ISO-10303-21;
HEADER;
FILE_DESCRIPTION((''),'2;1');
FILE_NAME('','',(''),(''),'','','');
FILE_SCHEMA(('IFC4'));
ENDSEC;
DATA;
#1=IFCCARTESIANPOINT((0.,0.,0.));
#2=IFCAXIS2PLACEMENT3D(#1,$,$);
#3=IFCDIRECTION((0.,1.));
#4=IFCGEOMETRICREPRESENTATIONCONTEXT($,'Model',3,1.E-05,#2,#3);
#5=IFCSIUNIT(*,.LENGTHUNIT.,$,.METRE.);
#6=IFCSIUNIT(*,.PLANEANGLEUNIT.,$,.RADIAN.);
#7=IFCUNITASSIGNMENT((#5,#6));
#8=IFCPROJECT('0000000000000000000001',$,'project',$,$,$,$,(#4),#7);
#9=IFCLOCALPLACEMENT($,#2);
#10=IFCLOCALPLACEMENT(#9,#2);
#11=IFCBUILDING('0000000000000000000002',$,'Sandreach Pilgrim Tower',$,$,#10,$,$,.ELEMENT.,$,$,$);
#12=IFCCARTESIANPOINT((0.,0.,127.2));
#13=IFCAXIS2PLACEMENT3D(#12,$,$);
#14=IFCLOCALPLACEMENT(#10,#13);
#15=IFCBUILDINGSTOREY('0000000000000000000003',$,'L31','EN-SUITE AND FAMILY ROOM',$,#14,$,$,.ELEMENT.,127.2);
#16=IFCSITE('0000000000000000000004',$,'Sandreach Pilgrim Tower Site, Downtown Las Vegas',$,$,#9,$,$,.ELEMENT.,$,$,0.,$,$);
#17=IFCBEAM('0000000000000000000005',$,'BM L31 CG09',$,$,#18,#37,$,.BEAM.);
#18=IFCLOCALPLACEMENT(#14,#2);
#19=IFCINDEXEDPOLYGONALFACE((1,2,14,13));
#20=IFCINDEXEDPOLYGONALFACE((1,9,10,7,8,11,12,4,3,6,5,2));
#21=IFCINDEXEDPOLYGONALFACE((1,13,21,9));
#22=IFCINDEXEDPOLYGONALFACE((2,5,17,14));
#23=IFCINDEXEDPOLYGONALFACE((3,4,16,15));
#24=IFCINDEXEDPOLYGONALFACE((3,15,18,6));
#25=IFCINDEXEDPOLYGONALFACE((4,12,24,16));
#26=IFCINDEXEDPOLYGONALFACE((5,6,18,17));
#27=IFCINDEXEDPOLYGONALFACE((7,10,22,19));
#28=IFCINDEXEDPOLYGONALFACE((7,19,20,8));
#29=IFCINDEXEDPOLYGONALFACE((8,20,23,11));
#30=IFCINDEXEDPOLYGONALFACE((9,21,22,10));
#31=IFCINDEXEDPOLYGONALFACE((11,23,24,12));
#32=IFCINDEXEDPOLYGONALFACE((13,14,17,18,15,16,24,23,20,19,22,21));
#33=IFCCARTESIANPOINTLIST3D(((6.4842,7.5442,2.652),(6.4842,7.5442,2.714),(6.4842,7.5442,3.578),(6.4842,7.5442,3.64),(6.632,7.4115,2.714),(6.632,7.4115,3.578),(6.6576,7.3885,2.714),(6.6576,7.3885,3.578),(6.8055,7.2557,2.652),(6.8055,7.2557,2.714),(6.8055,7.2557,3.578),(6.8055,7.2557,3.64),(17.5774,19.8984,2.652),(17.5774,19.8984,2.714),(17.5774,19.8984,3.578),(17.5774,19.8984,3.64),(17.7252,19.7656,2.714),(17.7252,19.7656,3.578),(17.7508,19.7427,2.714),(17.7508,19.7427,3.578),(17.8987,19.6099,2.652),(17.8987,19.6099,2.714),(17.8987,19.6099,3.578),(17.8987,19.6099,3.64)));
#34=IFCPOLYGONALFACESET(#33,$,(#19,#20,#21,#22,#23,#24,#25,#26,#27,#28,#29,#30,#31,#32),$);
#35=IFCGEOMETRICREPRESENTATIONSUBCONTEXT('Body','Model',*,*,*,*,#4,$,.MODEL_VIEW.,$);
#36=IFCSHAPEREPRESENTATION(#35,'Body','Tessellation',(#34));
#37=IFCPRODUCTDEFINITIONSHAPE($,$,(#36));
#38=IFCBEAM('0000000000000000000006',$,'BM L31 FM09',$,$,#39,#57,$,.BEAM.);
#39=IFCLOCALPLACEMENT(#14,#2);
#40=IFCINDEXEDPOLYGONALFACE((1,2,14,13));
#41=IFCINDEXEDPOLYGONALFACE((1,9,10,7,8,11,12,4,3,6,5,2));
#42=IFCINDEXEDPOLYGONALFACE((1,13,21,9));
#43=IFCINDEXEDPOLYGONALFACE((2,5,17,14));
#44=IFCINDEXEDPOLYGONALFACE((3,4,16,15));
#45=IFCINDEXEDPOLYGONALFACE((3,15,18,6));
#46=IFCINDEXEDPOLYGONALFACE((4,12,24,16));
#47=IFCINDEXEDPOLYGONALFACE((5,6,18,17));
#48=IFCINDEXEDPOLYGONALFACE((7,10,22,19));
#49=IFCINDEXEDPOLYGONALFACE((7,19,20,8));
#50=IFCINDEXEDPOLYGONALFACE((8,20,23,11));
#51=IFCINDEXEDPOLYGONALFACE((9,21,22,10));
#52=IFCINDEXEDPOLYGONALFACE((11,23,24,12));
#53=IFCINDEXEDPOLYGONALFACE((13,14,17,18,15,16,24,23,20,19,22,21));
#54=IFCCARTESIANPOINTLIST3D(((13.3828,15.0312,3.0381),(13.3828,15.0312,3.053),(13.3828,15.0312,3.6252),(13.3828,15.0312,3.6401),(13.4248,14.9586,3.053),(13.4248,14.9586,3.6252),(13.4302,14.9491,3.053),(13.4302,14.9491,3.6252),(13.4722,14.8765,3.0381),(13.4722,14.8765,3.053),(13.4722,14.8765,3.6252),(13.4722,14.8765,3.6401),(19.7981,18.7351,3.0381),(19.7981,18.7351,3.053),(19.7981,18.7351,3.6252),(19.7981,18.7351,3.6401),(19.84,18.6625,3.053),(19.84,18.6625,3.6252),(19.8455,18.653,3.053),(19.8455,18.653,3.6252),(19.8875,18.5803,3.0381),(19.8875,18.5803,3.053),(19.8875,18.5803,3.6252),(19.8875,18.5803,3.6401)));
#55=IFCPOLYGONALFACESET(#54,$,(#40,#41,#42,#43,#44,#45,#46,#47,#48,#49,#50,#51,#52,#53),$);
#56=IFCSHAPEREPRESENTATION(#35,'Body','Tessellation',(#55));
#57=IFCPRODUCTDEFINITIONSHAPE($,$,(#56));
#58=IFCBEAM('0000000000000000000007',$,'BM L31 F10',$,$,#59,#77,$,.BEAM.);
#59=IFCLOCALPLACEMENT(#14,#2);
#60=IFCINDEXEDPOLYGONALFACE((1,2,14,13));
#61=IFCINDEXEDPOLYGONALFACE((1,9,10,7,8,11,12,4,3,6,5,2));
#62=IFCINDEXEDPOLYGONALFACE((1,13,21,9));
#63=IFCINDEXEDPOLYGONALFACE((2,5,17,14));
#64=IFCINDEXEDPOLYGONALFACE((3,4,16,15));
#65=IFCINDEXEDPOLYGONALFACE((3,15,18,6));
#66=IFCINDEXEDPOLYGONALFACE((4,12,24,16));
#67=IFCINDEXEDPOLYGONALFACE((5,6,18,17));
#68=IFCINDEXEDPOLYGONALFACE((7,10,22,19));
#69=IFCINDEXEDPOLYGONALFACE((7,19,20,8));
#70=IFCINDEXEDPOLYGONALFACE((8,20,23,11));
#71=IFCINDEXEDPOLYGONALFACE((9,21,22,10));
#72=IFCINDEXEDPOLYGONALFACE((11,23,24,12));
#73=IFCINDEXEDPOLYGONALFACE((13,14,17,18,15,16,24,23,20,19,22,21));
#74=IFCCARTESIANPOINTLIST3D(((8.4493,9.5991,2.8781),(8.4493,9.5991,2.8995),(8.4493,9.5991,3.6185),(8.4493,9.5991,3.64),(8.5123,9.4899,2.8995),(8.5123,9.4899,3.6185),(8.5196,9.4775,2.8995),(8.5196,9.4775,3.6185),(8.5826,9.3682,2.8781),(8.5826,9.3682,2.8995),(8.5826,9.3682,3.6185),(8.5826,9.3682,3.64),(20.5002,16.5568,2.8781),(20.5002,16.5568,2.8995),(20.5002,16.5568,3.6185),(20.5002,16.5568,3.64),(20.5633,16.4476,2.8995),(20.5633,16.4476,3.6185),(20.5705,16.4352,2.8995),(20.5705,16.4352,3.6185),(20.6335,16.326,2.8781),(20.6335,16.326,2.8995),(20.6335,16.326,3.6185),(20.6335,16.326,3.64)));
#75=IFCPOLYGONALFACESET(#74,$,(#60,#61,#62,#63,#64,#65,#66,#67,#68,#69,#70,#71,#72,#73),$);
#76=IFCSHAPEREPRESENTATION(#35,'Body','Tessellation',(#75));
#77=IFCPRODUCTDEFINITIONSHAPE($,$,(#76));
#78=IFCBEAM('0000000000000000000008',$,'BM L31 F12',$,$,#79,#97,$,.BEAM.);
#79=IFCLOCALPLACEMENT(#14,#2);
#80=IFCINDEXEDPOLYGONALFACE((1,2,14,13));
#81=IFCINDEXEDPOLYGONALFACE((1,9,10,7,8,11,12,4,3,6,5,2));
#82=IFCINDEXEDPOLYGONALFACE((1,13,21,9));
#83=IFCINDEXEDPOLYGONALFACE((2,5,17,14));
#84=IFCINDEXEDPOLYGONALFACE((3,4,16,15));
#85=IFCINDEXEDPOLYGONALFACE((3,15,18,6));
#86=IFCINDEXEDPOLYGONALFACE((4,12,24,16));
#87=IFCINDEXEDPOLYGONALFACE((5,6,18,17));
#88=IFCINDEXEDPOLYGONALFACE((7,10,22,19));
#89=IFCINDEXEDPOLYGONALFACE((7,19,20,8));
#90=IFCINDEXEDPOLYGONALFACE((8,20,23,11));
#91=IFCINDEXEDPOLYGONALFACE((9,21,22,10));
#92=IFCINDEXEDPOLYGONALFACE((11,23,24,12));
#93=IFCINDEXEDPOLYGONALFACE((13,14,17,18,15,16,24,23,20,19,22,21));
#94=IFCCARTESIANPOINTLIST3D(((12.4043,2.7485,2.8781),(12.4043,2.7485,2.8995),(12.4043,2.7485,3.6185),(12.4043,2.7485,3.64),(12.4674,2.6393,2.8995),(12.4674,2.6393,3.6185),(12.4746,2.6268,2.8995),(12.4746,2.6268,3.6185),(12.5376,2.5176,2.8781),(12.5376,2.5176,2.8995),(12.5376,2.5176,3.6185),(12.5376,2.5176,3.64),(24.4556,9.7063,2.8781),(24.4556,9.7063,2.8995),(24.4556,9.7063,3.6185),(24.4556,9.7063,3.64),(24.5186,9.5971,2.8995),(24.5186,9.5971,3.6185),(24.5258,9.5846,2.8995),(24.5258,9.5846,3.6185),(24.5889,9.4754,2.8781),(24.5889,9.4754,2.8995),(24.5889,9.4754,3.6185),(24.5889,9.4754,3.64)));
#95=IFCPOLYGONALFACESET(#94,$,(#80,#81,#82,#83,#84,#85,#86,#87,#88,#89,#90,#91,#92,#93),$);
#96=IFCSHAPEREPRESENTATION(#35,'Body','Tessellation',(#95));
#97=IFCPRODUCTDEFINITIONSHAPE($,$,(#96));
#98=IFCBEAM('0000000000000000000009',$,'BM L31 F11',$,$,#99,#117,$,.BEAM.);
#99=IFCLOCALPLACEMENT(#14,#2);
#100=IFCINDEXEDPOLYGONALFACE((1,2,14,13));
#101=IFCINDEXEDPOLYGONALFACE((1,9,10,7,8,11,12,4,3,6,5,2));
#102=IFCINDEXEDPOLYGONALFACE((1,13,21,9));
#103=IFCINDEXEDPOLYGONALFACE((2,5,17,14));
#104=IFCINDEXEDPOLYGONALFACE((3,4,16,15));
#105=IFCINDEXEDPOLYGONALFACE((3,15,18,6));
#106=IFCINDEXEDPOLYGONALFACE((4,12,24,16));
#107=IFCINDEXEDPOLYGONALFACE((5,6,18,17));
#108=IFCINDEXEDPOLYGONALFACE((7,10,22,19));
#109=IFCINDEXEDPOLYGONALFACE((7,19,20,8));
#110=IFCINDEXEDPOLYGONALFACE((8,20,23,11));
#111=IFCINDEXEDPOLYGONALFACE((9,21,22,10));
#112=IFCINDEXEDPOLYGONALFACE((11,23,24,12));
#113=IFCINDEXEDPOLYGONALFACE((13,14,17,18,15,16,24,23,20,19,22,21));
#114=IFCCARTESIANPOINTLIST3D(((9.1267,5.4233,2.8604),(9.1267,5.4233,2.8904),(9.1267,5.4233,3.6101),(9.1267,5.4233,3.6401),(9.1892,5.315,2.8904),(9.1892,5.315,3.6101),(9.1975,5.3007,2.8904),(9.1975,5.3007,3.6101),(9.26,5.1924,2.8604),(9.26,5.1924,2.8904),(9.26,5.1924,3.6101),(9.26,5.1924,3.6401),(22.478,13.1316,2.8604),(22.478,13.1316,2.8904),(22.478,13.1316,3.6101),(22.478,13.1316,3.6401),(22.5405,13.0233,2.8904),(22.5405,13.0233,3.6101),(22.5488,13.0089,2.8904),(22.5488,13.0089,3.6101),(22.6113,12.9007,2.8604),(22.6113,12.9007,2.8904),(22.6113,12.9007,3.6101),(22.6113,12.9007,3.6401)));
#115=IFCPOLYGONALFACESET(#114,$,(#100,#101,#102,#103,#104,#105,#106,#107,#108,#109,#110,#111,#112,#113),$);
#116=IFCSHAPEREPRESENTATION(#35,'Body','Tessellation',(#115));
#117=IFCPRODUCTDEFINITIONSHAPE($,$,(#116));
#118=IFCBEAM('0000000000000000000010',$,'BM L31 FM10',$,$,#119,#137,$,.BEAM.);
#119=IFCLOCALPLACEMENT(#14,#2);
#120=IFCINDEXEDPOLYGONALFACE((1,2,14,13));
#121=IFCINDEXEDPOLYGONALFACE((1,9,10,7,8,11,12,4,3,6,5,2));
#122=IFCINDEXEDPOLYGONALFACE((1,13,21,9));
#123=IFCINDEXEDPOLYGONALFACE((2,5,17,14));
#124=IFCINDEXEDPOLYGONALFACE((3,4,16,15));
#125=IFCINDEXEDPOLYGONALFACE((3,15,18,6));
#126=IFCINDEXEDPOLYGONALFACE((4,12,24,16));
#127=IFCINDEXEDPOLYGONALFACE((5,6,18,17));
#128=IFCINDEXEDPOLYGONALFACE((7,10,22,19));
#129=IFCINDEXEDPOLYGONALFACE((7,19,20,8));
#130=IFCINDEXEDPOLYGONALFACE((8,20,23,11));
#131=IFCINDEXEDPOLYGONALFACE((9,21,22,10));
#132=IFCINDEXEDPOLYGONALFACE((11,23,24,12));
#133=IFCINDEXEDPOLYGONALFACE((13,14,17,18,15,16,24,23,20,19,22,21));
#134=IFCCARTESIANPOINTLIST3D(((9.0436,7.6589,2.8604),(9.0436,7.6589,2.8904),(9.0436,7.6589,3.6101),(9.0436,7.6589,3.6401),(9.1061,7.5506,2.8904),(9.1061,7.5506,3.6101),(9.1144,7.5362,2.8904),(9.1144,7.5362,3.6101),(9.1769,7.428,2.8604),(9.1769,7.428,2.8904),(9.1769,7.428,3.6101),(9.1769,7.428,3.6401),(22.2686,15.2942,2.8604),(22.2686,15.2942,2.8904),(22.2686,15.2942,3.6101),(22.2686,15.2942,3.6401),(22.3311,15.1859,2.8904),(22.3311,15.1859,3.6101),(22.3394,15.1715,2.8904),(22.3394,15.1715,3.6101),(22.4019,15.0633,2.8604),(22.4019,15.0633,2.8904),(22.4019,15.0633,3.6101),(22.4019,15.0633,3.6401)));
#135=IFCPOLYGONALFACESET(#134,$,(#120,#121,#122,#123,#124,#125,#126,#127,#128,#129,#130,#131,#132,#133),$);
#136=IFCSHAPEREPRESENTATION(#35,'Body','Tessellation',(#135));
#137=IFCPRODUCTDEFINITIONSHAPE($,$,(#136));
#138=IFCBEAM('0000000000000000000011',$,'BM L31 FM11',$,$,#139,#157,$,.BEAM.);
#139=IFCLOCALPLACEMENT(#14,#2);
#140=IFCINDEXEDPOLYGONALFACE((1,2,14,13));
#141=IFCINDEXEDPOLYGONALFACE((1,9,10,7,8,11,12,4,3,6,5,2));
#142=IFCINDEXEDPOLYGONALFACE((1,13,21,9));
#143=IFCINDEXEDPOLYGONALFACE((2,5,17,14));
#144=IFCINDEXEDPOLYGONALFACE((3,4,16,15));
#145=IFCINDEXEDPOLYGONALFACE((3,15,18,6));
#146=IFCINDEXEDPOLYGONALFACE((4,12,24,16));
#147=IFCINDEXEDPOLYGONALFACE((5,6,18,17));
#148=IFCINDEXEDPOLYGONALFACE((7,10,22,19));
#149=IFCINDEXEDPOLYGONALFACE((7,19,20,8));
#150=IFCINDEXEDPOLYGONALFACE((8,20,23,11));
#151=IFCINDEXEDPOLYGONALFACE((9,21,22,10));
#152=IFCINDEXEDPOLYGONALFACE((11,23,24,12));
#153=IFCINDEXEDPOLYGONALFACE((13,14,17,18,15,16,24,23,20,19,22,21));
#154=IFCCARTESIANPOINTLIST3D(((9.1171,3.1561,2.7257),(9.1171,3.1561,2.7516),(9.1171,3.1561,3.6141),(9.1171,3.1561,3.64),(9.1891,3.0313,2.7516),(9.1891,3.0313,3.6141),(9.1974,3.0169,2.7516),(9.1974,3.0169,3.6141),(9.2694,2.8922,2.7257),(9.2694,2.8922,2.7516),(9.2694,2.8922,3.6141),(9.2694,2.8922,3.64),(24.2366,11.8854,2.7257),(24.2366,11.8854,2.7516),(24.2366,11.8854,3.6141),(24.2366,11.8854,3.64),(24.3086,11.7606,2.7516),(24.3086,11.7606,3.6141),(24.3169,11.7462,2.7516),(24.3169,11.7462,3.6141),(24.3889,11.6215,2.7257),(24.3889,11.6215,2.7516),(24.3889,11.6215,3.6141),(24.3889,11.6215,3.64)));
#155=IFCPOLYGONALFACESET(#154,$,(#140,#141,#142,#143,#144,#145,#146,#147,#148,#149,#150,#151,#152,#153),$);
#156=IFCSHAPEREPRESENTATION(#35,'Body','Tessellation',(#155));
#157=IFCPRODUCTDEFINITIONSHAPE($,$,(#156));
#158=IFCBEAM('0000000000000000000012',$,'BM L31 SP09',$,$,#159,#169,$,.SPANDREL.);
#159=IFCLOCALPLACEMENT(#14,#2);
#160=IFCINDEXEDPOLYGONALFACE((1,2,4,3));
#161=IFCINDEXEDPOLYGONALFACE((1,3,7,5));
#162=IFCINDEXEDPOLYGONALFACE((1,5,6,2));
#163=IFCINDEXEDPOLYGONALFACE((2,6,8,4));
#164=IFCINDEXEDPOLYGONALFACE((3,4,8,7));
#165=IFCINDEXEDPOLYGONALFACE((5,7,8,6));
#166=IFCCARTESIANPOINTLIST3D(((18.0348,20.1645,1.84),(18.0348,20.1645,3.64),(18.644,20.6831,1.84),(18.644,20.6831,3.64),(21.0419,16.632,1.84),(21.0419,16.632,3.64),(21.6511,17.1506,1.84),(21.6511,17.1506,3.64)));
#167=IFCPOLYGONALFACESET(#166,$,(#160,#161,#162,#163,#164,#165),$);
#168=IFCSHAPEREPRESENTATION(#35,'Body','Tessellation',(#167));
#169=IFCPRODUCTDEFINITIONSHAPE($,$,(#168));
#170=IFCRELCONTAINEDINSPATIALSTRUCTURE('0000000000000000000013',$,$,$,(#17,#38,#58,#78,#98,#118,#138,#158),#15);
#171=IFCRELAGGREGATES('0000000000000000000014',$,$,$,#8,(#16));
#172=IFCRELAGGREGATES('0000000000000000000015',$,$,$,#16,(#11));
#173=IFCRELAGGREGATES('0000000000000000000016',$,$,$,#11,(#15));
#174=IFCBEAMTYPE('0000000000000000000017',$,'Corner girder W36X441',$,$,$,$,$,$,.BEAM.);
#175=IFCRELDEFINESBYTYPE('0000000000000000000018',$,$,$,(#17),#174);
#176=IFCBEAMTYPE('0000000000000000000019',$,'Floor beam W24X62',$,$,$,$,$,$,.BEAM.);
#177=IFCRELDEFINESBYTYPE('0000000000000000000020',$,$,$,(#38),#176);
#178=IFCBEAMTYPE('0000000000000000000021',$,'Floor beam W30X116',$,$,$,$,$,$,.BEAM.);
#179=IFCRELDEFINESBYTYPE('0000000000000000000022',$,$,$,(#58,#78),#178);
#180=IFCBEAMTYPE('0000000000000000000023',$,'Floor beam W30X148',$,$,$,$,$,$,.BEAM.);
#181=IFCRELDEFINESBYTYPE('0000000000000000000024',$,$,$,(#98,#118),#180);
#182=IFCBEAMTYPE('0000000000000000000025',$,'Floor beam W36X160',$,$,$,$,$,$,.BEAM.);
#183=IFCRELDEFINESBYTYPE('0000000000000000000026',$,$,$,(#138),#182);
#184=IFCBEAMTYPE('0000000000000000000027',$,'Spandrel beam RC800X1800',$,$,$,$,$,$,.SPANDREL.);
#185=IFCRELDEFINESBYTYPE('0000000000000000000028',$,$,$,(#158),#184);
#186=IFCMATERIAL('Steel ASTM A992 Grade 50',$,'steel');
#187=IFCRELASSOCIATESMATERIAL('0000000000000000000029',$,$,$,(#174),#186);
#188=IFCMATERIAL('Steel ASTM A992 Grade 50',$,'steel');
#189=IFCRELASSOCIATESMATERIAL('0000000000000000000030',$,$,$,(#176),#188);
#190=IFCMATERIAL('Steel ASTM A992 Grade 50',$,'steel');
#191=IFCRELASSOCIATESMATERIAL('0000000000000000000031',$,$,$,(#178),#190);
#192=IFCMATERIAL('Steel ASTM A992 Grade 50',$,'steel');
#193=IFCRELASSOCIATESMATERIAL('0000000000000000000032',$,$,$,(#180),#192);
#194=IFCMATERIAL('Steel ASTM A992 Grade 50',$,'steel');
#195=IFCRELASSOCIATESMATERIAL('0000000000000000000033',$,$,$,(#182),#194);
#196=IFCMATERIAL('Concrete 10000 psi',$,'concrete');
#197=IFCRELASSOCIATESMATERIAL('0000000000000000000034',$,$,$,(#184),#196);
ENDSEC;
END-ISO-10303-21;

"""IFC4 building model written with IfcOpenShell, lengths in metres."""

from ifc_helpers import new_model, si_unit, direction, frame, origin, origin_2d, place, context, subcontext, project, spatial, rectangle, i_section, extrude, material, material_profile, profile_set, type_object, element, save


model = new_model("IFC4")

# Units and contexts
model_context = context("Model", 3, precision=1e-05, world=origin(), true_north=direction((0.0, 1.0)))
body_context = subcontext(model_context, "Body", "Model", "MODEL_VIEW")
ifc_project = project(units=[si_unit("LENGTHUNIT", "METRE"), si_unit("PLANEANGLEUNIT", "RADIAN")], contexts=[model_context])

# Site, building, storey
site_placement = place(None, origin())
site = spatial("IfcSite", under=ifc_project, at=site_placement, Name="Sandreach Pilgrim Tower Site, Downtown Las Vegas", CompositionType="ELEMENT", RefElevation=0.0)
building_placement = place(site_placement, origin())
building = spatial("IfcBuilding", under=site, at=building_placement, Name="Sandreach Pilgrim Tower", CompositionType="ELEMENT")
storey_placement = place(building_placement, frame((0.0, 0.0, 127.2)))
storey = spatial("IfcBuildingStorey", under=building, at=storey_placement, Name="L31", Description="EN-SUITE AND FAMILY ROOM", CompositionType="ELEMENT", Elevation=127.2)

# Beams
ifc_material_1 = material(Name="Steel ASTM A992 Grade 50", Category="steel")
ifc_material_profile_1 = material_profile(ifc_material_1, i_section(OverallWidth=0.4319, OverallDepth=0.988, WebThickness=0.0344, FlangeThickness=0.062, at=origin_2d()), Name="W36X441")
ifc_profile_set_1 = profile_set([ifc_material_profile_1], Name="Steel ASTM A992 Grade 50")
beam_type_1 = type_object("IfcBeamType", Name="Corner girder W36X441", PredefinedType="BEAM", material=ifc_profile_set_1)
beam_1_placement = place(storey_placement, frame((17.738, 19.7542, 3.146), z_axis=(-0.668114, -0.744059, 0.0), x_axis=(0.744059, -0.668114, 0.0)))
element("IfcBeam", 1, at=beam_1_placement, inside=storey, type_object=beam_type_1, Name="BM L31 CG09", PredefinedType="BEAM", context=body_context, shape_type="SweptSolid", body=[
    extrude(i_section(OverallWidth=0.4319, OverallDepth=0.988, WebThickness=0.0344, FlangeThickness=0.062, at=origin_2d()), origin(), (0.0, 0.0, 1.0), 16.6038),
])
ifc_material_2 = material(Name="Steel ASTM A992 Grade 50", Category="steel")
ifc_material_profile_2 = material_profile(ifc_material_2, i_section(OverallWidth=0.1787, OverallDepth=0.6021, WebThickness=0.011, FlangeThickness=0.0149, at=origin_2d()), Name="W24X62")
ifc_profile_set_2 = profile_set([ifc_material_profile_2], Name="Steel ASTM A992 Grade 50")
beam_type_2 = type_object("IfcBeamType", Name="Floor beam W24X62", PredefinedType="BEAM", material=ifc_profile_set_2)
beam_2_placement = place(storey_placement, frame((19.8428, 18.6577, 3.3391), z_axis=(-0.866026, -0.499999, 0.0), x_axis=(0.499999, -0.866026, 0.0)))
element("IfcBeam", 2, at=beam_2_placement, inside=storey, type_object=beam_type_2, Name="BM L31 FM09", PredefinedType="BEAM", context=body_context, shape_type="SweptSolid", body=[
    extrude(i_section(OverallWidth=0.1787, OverallDepth=0.6021, WebThickness=0.011, FlangeThickness=0.0149, at=origin_2d()), origin(), (0.0, 0.0, 1.0), 7.4077),
])
ifc_material_3 = material(Name="Steel ASTM A992 Grade 50", Category="steel")
ifc_material_profile_3 = material_profile(ifc_material_3, i_section(OverallWidth=0.2666, OverallDepth=0.762, WebThickness=0.0144, FlangeThickness=0.0215, at=origin_2d()), Name="W30X116")
ifc_profile_set_3 = profile_set([ifc_material_profile_3], Name="Steel ASTM A992 Grade 50")
beam_type_3 = type_object("IfcBeamType", Name="Floor beam W30X116", PredefinedType="BEAM", material=ifc_profile_set_3)
beam_3_placement = place(storey_placement, frame((20.5669, 16.4414, 3.259), z_axis=(-0.866022, -0.500005, 0.0), x_axis=(0.500005, -0.866022, 0.0)))
element("IfcBeam", 3, at=beam_3_placement, inside=storey, type_object=beam_type_3, Name="BM L31 F10", PredefinedType="BEAM", context=body_context, shape_type="SweptSolid", body=[
    extrude(i_section(OverallWidth=0.2666, OverallDepth=0.762, WebThickness=0.0144, FlangeThickness=0.0215, at=origin_2d()), origin(), (0.0, 0.0, 1.0), 13.9153),
])
beam_4_placement = place(storey_placement, frame((24.5222, 9.5908, 3.259), z_axis=(-0.866027, -0.499998, 0.0), x_axis=(0.499998, -0.866027, 0.0)))
element("IfcBeam", 4, at=beam_4_placement, inside=storey, type_object=beam_type_3, Name="BM L31 F12", PredefinedType="BEAM", context=body_context, shape_type="SweptSolid", body=[
    extrude(i_section(OverallWidth=0.2666, OverallDepth=0.762, WebThickness=0.0144, FlangeThickness=0.0215, at=origin_2d()), origin(), (0.0, 0.0, 1.0), 13.9155),
])
ifc_material_4 = material(Name="Steel ASTM A992 Grade 50", Category="steel")
ifc_material_profile_4 = material_profile(ifc_material_4, i_section(OverallWidth=0.2666, OverallDepth=0.7798, WebThickness=0.0166, FlangeThickness=0.03, at=origin_2d()), Name="W30X148")
ifc_profile_set_4 = profile_set([ifc_material_profile_4], Name="Steel ASTM A992 Grade 50")
beam_type_4 = type_object("IfcBeamType", Name="Floor beam W30X148", PredefinedType="BEAM", material=ifc_profile_set_4)
beam_5_placement = place(storey_placement, frame((22.5447, 13.0161, 3.2502), z_axis=(-0.866029, -0.499993, 0.0), x_axis=(0.499993, -0.866029, 0.0)))
element("IfcBeam", 5, at=beam_5_placement, inside=storey, type_object=beam_type_4, Name="BM L31 F11", PredefinedType="BEAM", context=body_context, shape_type="SweptSolid", body=[
    extrude(i_section(OverallWidth=0.2666, OverallDepth=0.7798, WebThickness=0.0166, FlangeThickness=0.03, at=origin_2d()), origin(), (0.0, 0.0, 1.0), 15.4167),
])
beam_6_placement = place(storey_placement, frame((22.3352, 15.1787, 3.2502), z_axis=(-0.866029, -0.499994, 0.0), x_axis=(0.499994, -0.866029, 0.0)))
element("IfcBeam", 6, at=beam_6_placement, inside=storey, type_object=beam_type_4, Name="BM L31 FM10", PredefinedType="BEAM", context=body_context, shape_type="SweptSolid", body=[
    extrude(i_section(OverallWidth=0.2666, OverallDepth=0.7798, WebThickness=0.0166, FlangeThickness=0.03, at=origin_2d()), origin(), (0.0, 0.0, 1.0), 15.2708),
])
ifc_material_5 = material(Name="Steel ASTM A992 Grade 50", Category="steel")
ifc_material_profile_5 = material_profile(ifc_material_5, i_section(OverallWidth=0.3047, OverallDepth=0.9143, WebThickness=0.0166, FlangeThickness=0.0259, at=origin_2d()), Name="W36X160")
ifc_profile_set_5 = profile_set([ifc_material_profile_5], Name="Steel ASTM A992 Grade 50")
beam_type_5 = type_object("IfcBeamType", Name="Floor beam W36X160", PredefinedType="BEAM", material=ifc_profile_set_5)
beam_7_placement = place(storey_placement, frame((24.3127, 11.7534, 3.1829), z_axis=(-0.866024, -0.500003, 0.0), x_axis=(0.500003, -0.866024, 0.0)))
element("IfcBeam", 7, at=beam_7_placement, inside=storey, type_object=beam_type_5, Name="BM L31 FM11", PredefinedType="BEAM", context=body_context, shape_type="SweptSolid", body=[
    extrude(i_section(OverallWidth=0.3047, OverallDepth=0.9143, WebThickness=0.0166, FlangeThickness=0.0259, at=origin_2d()), origin(), (0.0, 0.0, 1.0), 17.4585),
])
ifc_material_6 = material(Name="Concrete 10000 psi", Category="concrete")
ifc_material_profile_6 = material_profile(ifc_material_6, rectangle(XDim=0.8, YDim=1.8, at=origin_2d()), Name="RC800X1800")
ifc_profile_set_6 = profile_set([ifc_material_profile_6], Name="Concrete 10000 psi")
beam_type_6 = type_object("IfcBeamType", Name="Spandrel beam RC800X1800", PredefinedType="SPANDREL", material=ifc_profile_set_6)
beam_8_placement = place(storey_placement, frame((18.3394, 20.4238, 2.74), z_axis=(0.648209, -0.761463, 0.0), x_axis=(0.761463, 0.648209, 0.0)))
element("IfcBeam", 8, at=beam_8_placement, inside=storey, type_object=beam_type_6, Name="BM L31 SP09", PredefinedType="SPANDREL", context=body_context, shape_type="SweptSolid", body=[
    extrude(rectangle(XDim=0.8, YDim=1.8, at=origin_2d()), origin(), (0.0, 0.0, 1.0), 4.6392),
])

save(model, "model.ifc")
